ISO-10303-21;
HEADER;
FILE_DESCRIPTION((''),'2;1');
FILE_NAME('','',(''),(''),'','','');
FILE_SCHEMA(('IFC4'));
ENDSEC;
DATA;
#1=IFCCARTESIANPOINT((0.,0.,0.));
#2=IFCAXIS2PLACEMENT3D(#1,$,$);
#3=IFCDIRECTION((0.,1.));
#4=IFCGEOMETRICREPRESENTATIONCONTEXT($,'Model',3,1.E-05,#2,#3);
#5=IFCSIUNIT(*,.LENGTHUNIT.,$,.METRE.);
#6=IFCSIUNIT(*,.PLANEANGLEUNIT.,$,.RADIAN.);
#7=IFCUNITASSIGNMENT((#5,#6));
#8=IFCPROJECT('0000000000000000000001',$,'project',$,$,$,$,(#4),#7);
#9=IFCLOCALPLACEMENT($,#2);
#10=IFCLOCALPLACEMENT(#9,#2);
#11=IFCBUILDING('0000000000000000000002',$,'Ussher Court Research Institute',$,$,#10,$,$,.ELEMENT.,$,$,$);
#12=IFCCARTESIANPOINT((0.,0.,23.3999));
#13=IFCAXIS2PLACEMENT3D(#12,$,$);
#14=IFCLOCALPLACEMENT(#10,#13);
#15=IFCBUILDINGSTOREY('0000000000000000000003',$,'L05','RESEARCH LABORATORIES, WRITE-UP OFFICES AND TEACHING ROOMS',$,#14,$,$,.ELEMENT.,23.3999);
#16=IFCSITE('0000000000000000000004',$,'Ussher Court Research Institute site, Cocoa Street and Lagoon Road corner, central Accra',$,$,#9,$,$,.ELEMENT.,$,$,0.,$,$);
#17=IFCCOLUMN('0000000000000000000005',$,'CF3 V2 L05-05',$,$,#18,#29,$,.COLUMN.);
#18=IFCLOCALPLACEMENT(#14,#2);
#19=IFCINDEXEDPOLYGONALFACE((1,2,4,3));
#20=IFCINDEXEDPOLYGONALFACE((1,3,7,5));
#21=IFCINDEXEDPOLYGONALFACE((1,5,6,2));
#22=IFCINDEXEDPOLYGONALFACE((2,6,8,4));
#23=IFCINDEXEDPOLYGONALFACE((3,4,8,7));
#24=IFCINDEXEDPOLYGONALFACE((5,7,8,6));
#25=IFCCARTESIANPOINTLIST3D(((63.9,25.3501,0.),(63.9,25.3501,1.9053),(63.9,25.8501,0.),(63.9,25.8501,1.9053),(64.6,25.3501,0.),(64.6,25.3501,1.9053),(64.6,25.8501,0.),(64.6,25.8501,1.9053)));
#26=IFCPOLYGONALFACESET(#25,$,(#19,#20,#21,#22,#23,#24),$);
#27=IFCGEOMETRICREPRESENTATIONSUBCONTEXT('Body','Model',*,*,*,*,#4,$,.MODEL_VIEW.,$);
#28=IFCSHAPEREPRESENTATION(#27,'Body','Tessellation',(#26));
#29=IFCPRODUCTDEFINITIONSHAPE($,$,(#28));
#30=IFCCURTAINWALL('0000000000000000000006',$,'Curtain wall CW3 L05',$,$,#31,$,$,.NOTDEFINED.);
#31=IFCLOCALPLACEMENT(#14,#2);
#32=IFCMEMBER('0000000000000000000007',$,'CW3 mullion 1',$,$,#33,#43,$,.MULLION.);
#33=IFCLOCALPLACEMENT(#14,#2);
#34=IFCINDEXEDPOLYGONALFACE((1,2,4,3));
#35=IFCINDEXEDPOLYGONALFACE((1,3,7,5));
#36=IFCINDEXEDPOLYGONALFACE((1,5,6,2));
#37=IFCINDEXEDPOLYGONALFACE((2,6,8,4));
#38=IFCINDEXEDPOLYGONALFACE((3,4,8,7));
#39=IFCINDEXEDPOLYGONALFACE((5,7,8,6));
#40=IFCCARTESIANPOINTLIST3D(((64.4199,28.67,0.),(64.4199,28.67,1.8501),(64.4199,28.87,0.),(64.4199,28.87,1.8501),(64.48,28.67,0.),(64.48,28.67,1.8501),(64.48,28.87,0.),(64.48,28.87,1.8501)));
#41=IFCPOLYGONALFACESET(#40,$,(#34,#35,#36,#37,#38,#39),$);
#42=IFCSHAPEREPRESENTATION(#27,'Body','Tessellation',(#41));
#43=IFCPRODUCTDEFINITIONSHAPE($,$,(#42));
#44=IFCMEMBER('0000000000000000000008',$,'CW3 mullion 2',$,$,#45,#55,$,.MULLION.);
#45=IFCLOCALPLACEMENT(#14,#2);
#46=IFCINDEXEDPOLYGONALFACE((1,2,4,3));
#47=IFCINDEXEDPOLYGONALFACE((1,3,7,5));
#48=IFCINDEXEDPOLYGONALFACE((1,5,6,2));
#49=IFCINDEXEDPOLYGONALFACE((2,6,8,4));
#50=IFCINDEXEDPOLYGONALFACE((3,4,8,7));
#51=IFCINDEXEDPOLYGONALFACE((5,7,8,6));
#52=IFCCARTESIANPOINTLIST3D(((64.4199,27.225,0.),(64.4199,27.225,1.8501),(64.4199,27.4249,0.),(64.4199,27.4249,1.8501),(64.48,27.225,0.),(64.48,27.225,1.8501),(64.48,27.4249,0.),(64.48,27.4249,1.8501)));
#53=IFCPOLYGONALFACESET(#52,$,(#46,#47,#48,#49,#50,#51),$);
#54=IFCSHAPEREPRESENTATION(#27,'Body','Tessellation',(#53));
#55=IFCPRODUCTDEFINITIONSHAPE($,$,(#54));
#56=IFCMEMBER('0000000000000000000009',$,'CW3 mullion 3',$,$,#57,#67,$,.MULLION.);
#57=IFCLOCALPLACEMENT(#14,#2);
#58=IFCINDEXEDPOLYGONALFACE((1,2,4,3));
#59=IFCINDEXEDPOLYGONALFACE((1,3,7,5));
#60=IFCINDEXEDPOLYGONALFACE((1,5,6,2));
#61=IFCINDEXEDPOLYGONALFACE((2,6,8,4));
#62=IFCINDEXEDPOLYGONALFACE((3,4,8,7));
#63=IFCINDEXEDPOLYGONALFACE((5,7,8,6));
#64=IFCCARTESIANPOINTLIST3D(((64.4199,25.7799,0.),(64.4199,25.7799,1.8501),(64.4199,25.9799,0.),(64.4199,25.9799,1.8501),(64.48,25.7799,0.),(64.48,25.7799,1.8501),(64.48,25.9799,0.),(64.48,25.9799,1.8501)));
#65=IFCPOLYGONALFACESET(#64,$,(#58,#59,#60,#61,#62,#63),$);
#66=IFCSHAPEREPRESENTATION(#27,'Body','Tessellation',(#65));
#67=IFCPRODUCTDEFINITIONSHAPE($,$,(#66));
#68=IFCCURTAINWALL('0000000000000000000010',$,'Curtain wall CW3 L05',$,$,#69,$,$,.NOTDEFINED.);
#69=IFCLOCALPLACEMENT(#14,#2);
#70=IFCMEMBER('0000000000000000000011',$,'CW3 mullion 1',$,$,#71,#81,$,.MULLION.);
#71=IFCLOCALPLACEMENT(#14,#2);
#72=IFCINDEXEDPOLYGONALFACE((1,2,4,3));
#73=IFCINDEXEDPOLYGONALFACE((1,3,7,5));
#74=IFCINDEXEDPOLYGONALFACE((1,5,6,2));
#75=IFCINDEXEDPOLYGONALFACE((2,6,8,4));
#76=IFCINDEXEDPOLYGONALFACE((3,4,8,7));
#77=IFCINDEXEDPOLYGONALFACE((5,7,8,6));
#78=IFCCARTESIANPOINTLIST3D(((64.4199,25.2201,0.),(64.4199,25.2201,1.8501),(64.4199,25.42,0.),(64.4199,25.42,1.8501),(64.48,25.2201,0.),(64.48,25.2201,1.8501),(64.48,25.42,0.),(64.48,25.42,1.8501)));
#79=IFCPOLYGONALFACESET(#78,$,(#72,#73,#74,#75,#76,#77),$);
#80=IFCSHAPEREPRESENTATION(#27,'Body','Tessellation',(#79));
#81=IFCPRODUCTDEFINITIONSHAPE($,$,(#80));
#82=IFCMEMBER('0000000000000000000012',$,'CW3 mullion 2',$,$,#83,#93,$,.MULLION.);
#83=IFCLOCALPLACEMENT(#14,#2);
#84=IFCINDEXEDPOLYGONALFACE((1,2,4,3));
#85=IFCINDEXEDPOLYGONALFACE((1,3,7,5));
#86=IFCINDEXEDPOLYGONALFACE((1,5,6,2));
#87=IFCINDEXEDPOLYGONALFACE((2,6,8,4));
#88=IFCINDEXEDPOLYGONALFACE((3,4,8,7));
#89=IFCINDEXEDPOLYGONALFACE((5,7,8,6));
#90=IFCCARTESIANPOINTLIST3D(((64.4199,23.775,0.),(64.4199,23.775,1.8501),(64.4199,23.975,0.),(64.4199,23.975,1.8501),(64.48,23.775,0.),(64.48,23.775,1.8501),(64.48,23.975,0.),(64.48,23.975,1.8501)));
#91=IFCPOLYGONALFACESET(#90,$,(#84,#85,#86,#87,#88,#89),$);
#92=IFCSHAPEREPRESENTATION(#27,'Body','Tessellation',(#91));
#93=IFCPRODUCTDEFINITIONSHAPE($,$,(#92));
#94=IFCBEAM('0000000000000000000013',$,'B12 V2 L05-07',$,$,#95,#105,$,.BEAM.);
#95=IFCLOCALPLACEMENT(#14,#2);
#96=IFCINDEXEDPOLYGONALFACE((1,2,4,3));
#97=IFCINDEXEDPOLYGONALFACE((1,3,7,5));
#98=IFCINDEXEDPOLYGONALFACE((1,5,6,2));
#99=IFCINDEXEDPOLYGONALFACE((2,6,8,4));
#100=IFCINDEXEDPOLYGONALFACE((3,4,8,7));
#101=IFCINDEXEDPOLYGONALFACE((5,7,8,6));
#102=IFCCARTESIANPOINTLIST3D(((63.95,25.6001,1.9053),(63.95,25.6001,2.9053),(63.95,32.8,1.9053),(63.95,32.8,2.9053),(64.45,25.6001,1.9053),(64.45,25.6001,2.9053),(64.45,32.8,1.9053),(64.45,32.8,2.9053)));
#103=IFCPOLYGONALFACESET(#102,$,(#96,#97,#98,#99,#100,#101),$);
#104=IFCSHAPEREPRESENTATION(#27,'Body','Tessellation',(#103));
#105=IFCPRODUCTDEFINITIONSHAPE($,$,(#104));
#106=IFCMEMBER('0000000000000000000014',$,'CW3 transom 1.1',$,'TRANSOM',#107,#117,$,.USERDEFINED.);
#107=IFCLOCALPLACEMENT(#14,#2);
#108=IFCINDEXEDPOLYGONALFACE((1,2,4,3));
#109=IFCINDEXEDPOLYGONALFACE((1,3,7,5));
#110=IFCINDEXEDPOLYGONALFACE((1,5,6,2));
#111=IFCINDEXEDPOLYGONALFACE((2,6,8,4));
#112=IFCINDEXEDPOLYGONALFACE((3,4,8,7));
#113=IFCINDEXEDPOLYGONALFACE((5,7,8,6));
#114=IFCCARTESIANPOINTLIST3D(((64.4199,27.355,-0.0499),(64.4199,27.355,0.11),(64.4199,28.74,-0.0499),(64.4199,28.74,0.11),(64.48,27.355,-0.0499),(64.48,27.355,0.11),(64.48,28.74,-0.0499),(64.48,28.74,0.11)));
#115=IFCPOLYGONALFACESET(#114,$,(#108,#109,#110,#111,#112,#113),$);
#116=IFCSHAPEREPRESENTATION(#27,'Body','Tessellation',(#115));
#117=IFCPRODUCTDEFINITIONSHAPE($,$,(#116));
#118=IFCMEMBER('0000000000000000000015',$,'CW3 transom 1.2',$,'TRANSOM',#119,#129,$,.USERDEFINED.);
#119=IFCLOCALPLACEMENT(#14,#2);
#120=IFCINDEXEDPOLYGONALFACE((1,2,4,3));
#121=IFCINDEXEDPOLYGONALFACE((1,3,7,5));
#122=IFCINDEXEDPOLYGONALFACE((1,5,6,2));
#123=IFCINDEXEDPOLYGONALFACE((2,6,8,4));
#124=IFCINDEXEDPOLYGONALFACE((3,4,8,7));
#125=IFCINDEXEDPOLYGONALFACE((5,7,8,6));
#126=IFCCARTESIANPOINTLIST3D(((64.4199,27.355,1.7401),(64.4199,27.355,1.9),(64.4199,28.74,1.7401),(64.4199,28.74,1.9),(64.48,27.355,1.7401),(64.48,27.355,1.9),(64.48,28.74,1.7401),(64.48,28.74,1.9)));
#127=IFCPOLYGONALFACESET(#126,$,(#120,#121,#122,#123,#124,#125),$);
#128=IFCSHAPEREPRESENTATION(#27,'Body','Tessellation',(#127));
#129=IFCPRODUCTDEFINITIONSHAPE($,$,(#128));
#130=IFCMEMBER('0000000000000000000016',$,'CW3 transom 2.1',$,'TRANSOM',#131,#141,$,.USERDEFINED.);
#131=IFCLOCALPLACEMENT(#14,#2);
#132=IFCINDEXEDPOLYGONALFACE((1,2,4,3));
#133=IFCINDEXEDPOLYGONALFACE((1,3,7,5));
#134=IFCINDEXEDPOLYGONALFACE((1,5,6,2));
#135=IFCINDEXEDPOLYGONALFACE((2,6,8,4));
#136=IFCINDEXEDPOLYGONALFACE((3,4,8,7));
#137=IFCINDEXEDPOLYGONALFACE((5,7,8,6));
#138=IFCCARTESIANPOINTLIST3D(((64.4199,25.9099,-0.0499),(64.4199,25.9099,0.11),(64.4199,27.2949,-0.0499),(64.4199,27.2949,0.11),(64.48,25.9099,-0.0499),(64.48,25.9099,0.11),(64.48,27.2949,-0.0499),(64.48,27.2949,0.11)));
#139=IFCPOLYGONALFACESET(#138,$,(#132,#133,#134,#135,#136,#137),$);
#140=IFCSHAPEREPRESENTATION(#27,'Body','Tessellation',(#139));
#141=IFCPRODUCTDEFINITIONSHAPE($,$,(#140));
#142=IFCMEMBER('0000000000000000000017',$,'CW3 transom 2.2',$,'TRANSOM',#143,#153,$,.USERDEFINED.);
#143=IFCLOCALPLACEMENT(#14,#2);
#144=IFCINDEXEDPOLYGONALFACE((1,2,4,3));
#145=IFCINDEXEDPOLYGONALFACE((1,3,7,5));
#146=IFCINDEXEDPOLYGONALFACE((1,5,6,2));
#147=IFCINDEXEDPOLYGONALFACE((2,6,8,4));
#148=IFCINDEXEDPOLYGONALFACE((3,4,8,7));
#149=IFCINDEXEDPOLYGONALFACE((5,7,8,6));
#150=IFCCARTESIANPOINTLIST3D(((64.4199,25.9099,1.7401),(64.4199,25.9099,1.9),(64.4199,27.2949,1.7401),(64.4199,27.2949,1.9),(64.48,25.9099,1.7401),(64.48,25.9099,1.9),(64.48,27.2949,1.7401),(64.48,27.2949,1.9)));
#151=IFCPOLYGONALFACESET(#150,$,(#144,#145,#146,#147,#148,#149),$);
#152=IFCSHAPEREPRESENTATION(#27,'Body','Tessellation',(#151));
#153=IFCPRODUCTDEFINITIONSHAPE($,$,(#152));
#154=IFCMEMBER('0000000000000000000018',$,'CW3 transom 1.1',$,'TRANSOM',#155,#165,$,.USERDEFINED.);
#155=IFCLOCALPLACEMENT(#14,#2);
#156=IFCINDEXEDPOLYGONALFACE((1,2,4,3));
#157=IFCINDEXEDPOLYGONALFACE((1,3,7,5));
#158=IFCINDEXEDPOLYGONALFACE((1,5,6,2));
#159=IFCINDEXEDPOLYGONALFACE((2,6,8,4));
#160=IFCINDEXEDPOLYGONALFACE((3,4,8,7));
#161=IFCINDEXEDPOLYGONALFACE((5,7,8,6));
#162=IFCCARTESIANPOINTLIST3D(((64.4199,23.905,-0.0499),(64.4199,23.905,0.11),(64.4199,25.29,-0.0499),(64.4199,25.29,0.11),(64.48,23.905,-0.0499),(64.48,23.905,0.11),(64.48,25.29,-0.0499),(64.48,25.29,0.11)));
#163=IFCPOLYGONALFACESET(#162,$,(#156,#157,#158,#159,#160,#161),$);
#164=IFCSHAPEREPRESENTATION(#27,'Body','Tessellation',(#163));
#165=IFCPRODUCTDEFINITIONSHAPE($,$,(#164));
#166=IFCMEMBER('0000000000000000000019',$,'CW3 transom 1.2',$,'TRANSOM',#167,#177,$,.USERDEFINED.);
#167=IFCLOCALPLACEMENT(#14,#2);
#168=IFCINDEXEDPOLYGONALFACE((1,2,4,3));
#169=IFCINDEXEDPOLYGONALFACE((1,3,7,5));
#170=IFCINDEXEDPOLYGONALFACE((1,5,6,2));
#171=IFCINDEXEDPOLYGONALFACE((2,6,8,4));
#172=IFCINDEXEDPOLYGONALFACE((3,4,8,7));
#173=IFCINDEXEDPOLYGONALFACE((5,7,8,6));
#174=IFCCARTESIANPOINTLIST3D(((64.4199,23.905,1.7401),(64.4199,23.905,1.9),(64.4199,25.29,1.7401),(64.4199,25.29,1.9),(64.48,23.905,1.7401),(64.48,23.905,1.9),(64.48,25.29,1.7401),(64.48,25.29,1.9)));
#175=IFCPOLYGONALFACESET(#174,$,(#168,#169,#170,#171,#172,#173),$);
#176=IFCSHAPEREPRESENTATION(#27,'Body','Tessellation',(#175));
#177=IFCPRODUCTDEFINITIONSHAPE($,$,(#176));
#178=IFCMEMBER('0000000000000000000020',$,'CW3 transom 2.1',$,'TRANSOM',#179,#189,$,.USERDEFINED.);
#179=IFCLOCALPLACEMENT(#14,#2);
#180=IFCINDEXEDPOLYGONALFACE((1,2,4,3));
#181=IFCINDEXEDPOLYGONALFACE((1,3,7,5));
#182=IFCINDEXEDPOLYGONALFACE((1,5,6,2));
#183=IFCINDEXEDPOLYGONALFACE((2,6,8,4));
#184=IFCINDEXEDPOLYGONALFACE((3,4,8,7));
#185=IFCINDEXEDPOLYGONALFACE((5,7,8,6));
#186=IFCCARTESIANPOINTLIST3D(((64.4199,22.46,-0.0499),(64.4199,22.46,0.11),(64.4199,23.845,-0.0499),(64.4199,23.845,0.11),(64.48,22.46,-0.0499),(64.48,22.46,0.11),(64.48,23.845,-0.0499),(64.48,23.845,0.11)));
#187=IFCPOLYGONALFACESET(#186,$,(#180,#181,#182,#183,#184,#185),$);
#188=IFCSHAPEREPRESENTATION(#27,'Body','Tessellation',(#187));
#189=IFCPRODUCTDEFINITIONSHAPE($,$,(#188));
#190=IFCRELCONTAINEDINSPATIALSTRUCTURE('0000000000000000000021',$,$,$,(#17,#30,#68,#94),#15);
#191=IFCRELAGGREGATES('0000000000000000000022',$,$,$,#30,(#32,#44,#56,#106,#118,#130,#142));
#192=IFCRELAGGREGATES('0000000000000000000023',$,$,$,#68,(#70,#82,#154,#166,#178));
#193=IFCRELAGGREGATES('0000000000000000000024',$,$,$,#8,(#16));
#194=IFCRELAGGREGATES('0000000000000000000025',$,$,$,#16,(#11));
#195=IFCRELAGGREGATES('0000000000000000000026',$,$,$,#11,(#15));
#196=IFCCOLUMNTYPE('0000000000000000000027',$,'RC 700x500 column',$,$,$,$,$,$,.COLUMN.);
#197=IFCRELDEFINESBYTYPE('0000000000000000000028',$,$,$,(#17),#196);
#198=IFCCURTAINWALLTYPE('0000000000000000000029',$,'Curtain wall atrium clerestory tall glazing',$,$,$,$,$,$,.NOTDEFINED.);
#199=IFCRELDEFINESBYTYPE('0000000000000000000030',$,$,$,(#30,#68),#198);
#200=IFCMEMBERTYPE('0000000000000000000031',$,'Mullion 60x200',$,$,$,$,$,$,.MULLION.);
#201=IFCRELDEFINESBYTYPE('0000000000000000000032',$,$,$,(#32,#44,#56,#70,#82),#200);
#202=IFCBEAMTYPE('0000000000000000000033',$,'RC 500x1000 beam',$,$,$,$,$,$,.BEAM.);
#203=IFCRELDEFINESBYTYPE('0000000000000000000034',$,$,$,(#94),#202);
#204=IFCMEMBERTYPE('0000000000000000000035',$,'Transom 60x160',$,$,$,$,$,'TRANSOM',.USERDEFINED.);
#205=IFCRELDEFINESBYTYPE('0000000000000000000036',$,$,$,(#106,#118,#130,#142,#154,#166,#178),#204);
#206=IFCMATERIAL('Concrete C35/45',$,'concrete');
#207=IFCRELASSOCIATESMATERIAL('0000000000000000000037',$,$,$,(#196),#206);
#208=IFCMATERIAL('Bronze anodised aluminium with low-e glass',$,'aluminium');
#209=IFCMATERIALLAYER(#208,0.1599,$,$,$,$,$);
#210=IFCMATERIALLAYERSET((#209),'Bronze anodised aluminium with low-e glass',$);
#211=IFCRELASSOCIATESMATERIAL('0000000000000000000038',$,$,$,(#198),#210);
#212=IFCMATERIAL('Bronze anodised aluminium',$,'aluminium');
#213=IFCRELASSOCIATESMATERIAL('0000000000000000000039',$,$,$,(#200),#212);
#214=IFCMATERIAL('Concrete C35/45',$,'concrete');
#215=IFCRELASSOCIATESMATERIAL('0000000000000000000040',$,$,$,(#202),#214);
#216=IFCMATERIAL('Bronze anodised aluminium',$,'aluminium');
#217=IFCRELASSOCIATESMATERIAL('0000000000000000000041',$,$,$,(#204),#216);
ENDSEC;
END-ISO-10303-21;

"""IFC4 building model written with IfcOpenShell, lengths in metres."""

from ifc_helpers import new_model, si_unit, direction, frame, origin, origin_2d, place, context, subcontext, project, spatial, rectangle, extrude, material, layer, layer_set, material_profile, profile_set, type_object, element, aggregate, save


model = new_model("IFC4")

# Units and contexts
model_context = context("Model", 3, precision=1e-05, world=origin(), true_north=direction((0.0, 1.0)))
body_context = subcontext(model_context, "Body", "Model", "MODEL_VIEW")
ifc_project = project(units=[si_unit("LENGTHUNIT", "METRE"), si_unit("PLANEANGLEUNIT", "RADIAN")], contexts=[model_context])

# Site, building, storey
site_placement = place(None, origin())
site = spatial("IfcSite", under=ifc_project, at=site_placement, Name="Ussher Court Research Institute site, Cocoa Street and Lagoon Road corner, central Accra", CompositionType="ELEMENT", RefElevation=0.0)
building_placement = place(site_placement, origin())
building = spatial("IfcBuilding", under=site, at=building_placement, Name="Ussher Court Research Institute", CompositionType="ELEMENT")
storey_placement = place(building_placement, frame((0.0, 0.0, 23.3999)))
storey = spatial("IfcBuildingStorey", under=building, at=storey_placement, Name="L05", Description="RESEARCH LABORATORIES, WRITE-UP OFFICES AND TEACHING ROOMS", CompositionType="ELEMENT", Elevation=23.3999)

# Column
ifc_material_1 = material(Name="Concrete C35/45", Category="concrete")
ifc_material_profile_1 = material_profile(ifc_material_1, rectangle(XDim=0.7, YDim=0.5, at=origin_2d()), Name="RC 700x500")
ifc_profile_set_1 = profile_set([ifc_material_profile_1], Name="Concrete C35/45")
column_type = type_object("IfcColumnType", Name="RC 700x500 column", PredefinedType="COLUMN", material=ifc_profile_set_1)
column_placement = place(storey_placement, frame((64.25, 25.6001, 0.0), z_axis=(0.0, 0.0, 1.0), x_axis=(1.0, 0.0, 0.0)))
element("IfcColumn", 1, at=column_placement, inside=storey, type_object=column_type, Name="CF3 V2 L05-05", PredefinedType="COLUMN", context=body_context, shape_type="SweptSolid", body=[
    extrude(rectangle(XDim=0.7, YDim=0.5, at=origin_2d()), origin(), (0.0, 0.0, 1.0), 1.9053),
])

# Curtain walls, members
ifc_material_2 = material(Name="Bronze anodised aluminium with low-e glass", Category="aluminium")
ifc_layer_1 = layer(ifc_material_2, 0.1599)
ifc_layer_set_1 = layer_set([ifc_layer_1], Name="Bronze anodised aluminium with low-e glass")
curtain_wall_type = type_object("IfcCurtainWallType", Name="Curtain wall atrium clerestory tall glazing", PredefinedType="NOTDEFINED", material=ifc_layer_set_1)
curtain_wall_1_placement = place(storey_placement, origin())
curtain_wall_1 = element("IfcCurtainWall", 2, at=curtain_wall_1_placement, inside=storey, type_object=curtain_wall_type, Name="Curtain wall CW3 L05", PredefinedType="NOTDEFINED")
ifc_material_3 = material(Name="Bronze anodised aluminium", Category="aluminium")
ifc_material_profile_2 = material_profile(ifc_material_3, rectangle(XDim=0.0601, YDim=0.2, at=origin_2d()), Name="Mullion 60x200")
ifc_profile_set_2 = profile_set([ifc_material_profile_2], Name="Bronze anodised aluminium")
member_type_1 = type_object("IfcMemberType", Name="Mullion 60x200", PredefinedType="MULLION", material=ifc_profile_set_2)
member_1_placement = place(storey_placement, frame((64.45, 28.77, 0.0), z_axis=(0.0, 0.0, 1.0), x_axis=(1.0, 0.0, 0.0)))
member_1 = element("IfcMember", 3, at=member_1_placement, type_object=member_type_1, Name="CW3 mullion 1", PredefinedType="MULLION", context=body_context, shape_type="SweptSolid", body=[
    extrude(rectangle(XDim=0.0601, YDim=0.2, at=origin_2d()), origin(), (0.0, 0.0, 1.0), 1.8501),
])
member_2_placement = place(storey_placement, frame((64.45, 27.325, 0.0), z_axis=(0.0, 0.0, 1.0), x_axis=(1.0, 0.0, 0.0)))
member_2 = element("IfcMember", 4, at=member_2_placement, type_object=member_type_1, Name="CW3 mullion 2", PredefinedType="MULLION", context=body_context, shape_type="SweptSolid", body=[
    extrude(rectangle(XDim=0.0601, YDim=0.2, at=origin_2d()), origin(), (0.0, 0.0, 1.0), 1.8501),
])
member_3_placement = place(storey_placement, frame((64.45, 25.8799, 0.0), z_axis=(0.0, 0.0, 1.0), x_axis=(1.0, 0.0, 0.0)))
member_3 = element("IfcMember", 5, at=member_3_placement, type_object=member_type_1, Name="CW3 mullion 3", PredefinedType="MULLION", context=body_context, shape_type="SweptSolid", body=[
    extrude(rectangle(XDim=0.0601, YDim=0.2, at=origin_2d()), origin(), (0.0, 0.0, 1.0), 1.8501),
])
curtain_wall_2_placement = place(storey_placement, origin())
curtain_wall_2 = element("IfcCurtainWall", 6, at=curtain_wall_2_placement, inside=storey, type_object=curtain_wall_type, Name="Curtain wall CW3 L05", PredefinedType="NOTDEFINED")
member_4_placement = place(storey_placement, frame((64.45, 25.3201, 0.0), z_axis=(0.0, 0.0, 1.0), x_axis=(1.0, 0.0, 0.0)))
member_4 = element("IfcMember", 7, at=member_4_placement, type_object=member_type_1, Name="CW3 mullion 1", PredefinedType="MULLION", context=body_context, shape_type="SweptSolid", body=[
    extrude(rectangle(XDim=0.0601, YDim=0.2, at=origin_2d()), origin(), (0.0, 0.0, 1.0), 1.8501),
])
member_5_placement = place(storey_placement, frame((64.45, 23.875, 0.0), z_axis=(0.0, 0.0, 1.0), x_axis=(1.0, 0.0, 0.0)))
member_5 = element("IfcMember", 8, at=member_5_placement, type_object=member_type_1, Name="CW3 mullion 2", PredefinedType="MULLION", context=body_context, shape_type="SweptSolid", body=[
    extrude(rectangle(XDim=0.0601, YDim=0.2, at=origin_2d()), origin(), (0.0, 0.0, 1.0), 1.8501),
])

# Beam
ifc_material_4 = material(Name="Concrete C35/45", Category="concrete")
ifc_material_profile_3 = material_profile(ifc_material_4, rectangle(XDim=0.5, YDim=1.0, at=origin_2d()), Name="RC 500x1000")
ifc_profile_set_3 = profile_set([ifc_material_profile_3], Name="Concrete C35/45")
beam_type = type_object("IfcBeamType", Name="RC 500x1000 beam", PredefinedType="BEAM", material=ifc_profile_set_3)
beam_placement = place(storey_placement, frame((64.2, 25.6001, 2.4053), z_axis=(0.0, 1.0, 0.0), x_axis=(-1.0, 0.0, 0.0)))
element("IfcBeam", 9, at=beam_placement, inside=storey, type_object=beam_type, Name="B12 V2 L05-07", PredefinedType="BEAM", context=body_context, shape_type="SweptSolid", body=[
    extrude(rectangle(XDim=0.5, YDim=1.0, at=origin_2d()), origin(), (0.0, 0.0, 1.0), 7.2),
])

# Members
ifc_material_5 = material(Name="Bronze anodised aluminium", Category="aluminium")
ifc_material_profile_4 = material_profile(ifc_material_5, rectangle(XDim=0.0601, YDim=0.1599, at=origin_2d()), Name="Transom 60x160")
ifc_profile_set_4 = profile_set([ifc_material_profile_4], Name="Bronze anodised aluminium")
member_type_2 = type_object("IfcMemberType", Name="Transom 60x160", ElementType="TRANSOM", PredefinedType="USERDEFINED", material=ifc_profile_set_4)
member_6_placement = place(storey_placement, frame((64.45, 28.74, 0.03), z_axis=(0.0, -1.0, 0.0), x_axis=(1.0, 0.0, 0.0)))
member_6 = element("IfcMember", 10, at=member_6_placement, type_object=member_type_2, Name="CW3 transom 1.1", ObjectType="TRANSOM", PredefinedType="USERDEFINED", context=body_context, shape_type="SweptSolid", body=[
    extrude(rectangle(XDim=0.0601, YDim=0.1599, at=origin_2d()), origin(), (0.0, 0.0, 1.0), 1.385),
])
member_7_placement = place(storey_placement, frame((64.45, 28.74, 1.8201), z_axis=(0.0, -1.0, 0.0), x_axis=(1.0, 0.0, 0.0)))
member_7 = element("IfcMember", 11, at=member_7_placement, type_object=member_type_2, Name="CW3 transom 1.2", ObjectType="TRANSOM", PredefinedType="USERDEFINED", context=body_context, shape_type="SweptSolid", body=[
    extrude(rectangle(XDim=0.0601, YDim=0.1599, at=origin_2d()), origin(), (0.0, 0.0, 1.0), 1.385),
])
member_8_placement = place(storey_placement, frame((64.45, 27.2949, 0.03), z_axis=(0.0, -1.0, 0.0), x_axis=(1.0, 0.0, 0.0)))
member_8 = element("IfcMember", 12, at=member_8_placement, type_object=member_type_2, Name="CW3 transom 2.1", ObjectType="TRANSOM", PredefinedType="USERDEFINED", context=body_context, shape_type="SweptSolid", body=[
    extrude(rectangle(XDim=0.0601, YDim=0.1599, at=origin_2d()), origin(), (0.0, 0.0, 1.0), 1.385),
])
member_9_placement = place(storey_placement, frame((64.45, 27.2949, 1.8201), z_axis=(0.0, -1.0, 0.0), x_axis=(1.0, 0.0, 0.0)))
member_9 = element("IfcMember", 13, at=member_9_placement, type_object=member_type_2, Name="CW3 transom 2.2", ObjectType="TRANSOM", PredefinedType="USERDEFINED", context=body_context, shape_type="SweptSolid", body=[
    extrude(rectangle(XDim=0.0601, YDim=0.1599, at=origin_2d()), origin(), (0.0, 0.0, 1.0), 1.385),
])
member_10_placement = place(storey_placement, frame((64.45, 25.29, 0.03), z_axis=(0.0, -1.0, 0.0), x_axis=(1.0, 0.0, 0.0)))
member_10 = element("IfcMember", 14, at=member_10_placement, type_object=member_type_2, Name="CW3 transom 1.1", ObjectType="TRANSOM", PredefinedType="USERDEFINED", context=body_context, shape_type="SweptSolid", body=[
    extrude(rectangle(XDim=0.0601, YDim=0.1599, at=origin_2d()), origin(), (0.0, 0.0, 1.0), 1.385),
])
member_11_placement = place(storey_placement, frame((64.45, 25.29, 1.8201), z_axis=(0.0, -1.0, 0.0), x_axis=(1.0, 0.0, 0.0)))
member_11 = element("IfcMember", 15, at=member_11_placement, type_object=member_type_2, Name="CW3 transom 1.2", ObjectType="TRANSOM", PredefinedType="USERDEFINED", context=body_context, shape_type="SweptSolid", body=[
    extrude(rectangle(XDim=0.0601, YDim=0.1599, at=origin_2d()), origin(), (0.0, 0.0, 1.0), 1.385),
])
member_12_placement = place(storey_placement, frame((64.45, 23.845, 0.03), z_axis=(0.0, -1.0, 0.0), x_axis=(1.0, 0.0, 0.0)))
member_12 = element("IfcMember", 16, at=member_12_placement, type_object=member_type_2, Name="CW3 transom 2.1", ObjectType="TRANSOM", PredefinedType="USERDEFINED", context=body_context, shape_type="SweptSolid", body=[
    extrude(rectangle(XDim=0.0601, YDim=0.1599, at=origin_2d()), origin(), (0.0, 0.0, 1.0), 1.385),
])

aggregate(curtain_wall_1, [member_1, member_2, member_3, member_6, member_7, member_8, member_9])
aggregate(curtain_wall_2, [member_4, member_5, member_10, member_11, member_12])

save(model, "model.ifc")
